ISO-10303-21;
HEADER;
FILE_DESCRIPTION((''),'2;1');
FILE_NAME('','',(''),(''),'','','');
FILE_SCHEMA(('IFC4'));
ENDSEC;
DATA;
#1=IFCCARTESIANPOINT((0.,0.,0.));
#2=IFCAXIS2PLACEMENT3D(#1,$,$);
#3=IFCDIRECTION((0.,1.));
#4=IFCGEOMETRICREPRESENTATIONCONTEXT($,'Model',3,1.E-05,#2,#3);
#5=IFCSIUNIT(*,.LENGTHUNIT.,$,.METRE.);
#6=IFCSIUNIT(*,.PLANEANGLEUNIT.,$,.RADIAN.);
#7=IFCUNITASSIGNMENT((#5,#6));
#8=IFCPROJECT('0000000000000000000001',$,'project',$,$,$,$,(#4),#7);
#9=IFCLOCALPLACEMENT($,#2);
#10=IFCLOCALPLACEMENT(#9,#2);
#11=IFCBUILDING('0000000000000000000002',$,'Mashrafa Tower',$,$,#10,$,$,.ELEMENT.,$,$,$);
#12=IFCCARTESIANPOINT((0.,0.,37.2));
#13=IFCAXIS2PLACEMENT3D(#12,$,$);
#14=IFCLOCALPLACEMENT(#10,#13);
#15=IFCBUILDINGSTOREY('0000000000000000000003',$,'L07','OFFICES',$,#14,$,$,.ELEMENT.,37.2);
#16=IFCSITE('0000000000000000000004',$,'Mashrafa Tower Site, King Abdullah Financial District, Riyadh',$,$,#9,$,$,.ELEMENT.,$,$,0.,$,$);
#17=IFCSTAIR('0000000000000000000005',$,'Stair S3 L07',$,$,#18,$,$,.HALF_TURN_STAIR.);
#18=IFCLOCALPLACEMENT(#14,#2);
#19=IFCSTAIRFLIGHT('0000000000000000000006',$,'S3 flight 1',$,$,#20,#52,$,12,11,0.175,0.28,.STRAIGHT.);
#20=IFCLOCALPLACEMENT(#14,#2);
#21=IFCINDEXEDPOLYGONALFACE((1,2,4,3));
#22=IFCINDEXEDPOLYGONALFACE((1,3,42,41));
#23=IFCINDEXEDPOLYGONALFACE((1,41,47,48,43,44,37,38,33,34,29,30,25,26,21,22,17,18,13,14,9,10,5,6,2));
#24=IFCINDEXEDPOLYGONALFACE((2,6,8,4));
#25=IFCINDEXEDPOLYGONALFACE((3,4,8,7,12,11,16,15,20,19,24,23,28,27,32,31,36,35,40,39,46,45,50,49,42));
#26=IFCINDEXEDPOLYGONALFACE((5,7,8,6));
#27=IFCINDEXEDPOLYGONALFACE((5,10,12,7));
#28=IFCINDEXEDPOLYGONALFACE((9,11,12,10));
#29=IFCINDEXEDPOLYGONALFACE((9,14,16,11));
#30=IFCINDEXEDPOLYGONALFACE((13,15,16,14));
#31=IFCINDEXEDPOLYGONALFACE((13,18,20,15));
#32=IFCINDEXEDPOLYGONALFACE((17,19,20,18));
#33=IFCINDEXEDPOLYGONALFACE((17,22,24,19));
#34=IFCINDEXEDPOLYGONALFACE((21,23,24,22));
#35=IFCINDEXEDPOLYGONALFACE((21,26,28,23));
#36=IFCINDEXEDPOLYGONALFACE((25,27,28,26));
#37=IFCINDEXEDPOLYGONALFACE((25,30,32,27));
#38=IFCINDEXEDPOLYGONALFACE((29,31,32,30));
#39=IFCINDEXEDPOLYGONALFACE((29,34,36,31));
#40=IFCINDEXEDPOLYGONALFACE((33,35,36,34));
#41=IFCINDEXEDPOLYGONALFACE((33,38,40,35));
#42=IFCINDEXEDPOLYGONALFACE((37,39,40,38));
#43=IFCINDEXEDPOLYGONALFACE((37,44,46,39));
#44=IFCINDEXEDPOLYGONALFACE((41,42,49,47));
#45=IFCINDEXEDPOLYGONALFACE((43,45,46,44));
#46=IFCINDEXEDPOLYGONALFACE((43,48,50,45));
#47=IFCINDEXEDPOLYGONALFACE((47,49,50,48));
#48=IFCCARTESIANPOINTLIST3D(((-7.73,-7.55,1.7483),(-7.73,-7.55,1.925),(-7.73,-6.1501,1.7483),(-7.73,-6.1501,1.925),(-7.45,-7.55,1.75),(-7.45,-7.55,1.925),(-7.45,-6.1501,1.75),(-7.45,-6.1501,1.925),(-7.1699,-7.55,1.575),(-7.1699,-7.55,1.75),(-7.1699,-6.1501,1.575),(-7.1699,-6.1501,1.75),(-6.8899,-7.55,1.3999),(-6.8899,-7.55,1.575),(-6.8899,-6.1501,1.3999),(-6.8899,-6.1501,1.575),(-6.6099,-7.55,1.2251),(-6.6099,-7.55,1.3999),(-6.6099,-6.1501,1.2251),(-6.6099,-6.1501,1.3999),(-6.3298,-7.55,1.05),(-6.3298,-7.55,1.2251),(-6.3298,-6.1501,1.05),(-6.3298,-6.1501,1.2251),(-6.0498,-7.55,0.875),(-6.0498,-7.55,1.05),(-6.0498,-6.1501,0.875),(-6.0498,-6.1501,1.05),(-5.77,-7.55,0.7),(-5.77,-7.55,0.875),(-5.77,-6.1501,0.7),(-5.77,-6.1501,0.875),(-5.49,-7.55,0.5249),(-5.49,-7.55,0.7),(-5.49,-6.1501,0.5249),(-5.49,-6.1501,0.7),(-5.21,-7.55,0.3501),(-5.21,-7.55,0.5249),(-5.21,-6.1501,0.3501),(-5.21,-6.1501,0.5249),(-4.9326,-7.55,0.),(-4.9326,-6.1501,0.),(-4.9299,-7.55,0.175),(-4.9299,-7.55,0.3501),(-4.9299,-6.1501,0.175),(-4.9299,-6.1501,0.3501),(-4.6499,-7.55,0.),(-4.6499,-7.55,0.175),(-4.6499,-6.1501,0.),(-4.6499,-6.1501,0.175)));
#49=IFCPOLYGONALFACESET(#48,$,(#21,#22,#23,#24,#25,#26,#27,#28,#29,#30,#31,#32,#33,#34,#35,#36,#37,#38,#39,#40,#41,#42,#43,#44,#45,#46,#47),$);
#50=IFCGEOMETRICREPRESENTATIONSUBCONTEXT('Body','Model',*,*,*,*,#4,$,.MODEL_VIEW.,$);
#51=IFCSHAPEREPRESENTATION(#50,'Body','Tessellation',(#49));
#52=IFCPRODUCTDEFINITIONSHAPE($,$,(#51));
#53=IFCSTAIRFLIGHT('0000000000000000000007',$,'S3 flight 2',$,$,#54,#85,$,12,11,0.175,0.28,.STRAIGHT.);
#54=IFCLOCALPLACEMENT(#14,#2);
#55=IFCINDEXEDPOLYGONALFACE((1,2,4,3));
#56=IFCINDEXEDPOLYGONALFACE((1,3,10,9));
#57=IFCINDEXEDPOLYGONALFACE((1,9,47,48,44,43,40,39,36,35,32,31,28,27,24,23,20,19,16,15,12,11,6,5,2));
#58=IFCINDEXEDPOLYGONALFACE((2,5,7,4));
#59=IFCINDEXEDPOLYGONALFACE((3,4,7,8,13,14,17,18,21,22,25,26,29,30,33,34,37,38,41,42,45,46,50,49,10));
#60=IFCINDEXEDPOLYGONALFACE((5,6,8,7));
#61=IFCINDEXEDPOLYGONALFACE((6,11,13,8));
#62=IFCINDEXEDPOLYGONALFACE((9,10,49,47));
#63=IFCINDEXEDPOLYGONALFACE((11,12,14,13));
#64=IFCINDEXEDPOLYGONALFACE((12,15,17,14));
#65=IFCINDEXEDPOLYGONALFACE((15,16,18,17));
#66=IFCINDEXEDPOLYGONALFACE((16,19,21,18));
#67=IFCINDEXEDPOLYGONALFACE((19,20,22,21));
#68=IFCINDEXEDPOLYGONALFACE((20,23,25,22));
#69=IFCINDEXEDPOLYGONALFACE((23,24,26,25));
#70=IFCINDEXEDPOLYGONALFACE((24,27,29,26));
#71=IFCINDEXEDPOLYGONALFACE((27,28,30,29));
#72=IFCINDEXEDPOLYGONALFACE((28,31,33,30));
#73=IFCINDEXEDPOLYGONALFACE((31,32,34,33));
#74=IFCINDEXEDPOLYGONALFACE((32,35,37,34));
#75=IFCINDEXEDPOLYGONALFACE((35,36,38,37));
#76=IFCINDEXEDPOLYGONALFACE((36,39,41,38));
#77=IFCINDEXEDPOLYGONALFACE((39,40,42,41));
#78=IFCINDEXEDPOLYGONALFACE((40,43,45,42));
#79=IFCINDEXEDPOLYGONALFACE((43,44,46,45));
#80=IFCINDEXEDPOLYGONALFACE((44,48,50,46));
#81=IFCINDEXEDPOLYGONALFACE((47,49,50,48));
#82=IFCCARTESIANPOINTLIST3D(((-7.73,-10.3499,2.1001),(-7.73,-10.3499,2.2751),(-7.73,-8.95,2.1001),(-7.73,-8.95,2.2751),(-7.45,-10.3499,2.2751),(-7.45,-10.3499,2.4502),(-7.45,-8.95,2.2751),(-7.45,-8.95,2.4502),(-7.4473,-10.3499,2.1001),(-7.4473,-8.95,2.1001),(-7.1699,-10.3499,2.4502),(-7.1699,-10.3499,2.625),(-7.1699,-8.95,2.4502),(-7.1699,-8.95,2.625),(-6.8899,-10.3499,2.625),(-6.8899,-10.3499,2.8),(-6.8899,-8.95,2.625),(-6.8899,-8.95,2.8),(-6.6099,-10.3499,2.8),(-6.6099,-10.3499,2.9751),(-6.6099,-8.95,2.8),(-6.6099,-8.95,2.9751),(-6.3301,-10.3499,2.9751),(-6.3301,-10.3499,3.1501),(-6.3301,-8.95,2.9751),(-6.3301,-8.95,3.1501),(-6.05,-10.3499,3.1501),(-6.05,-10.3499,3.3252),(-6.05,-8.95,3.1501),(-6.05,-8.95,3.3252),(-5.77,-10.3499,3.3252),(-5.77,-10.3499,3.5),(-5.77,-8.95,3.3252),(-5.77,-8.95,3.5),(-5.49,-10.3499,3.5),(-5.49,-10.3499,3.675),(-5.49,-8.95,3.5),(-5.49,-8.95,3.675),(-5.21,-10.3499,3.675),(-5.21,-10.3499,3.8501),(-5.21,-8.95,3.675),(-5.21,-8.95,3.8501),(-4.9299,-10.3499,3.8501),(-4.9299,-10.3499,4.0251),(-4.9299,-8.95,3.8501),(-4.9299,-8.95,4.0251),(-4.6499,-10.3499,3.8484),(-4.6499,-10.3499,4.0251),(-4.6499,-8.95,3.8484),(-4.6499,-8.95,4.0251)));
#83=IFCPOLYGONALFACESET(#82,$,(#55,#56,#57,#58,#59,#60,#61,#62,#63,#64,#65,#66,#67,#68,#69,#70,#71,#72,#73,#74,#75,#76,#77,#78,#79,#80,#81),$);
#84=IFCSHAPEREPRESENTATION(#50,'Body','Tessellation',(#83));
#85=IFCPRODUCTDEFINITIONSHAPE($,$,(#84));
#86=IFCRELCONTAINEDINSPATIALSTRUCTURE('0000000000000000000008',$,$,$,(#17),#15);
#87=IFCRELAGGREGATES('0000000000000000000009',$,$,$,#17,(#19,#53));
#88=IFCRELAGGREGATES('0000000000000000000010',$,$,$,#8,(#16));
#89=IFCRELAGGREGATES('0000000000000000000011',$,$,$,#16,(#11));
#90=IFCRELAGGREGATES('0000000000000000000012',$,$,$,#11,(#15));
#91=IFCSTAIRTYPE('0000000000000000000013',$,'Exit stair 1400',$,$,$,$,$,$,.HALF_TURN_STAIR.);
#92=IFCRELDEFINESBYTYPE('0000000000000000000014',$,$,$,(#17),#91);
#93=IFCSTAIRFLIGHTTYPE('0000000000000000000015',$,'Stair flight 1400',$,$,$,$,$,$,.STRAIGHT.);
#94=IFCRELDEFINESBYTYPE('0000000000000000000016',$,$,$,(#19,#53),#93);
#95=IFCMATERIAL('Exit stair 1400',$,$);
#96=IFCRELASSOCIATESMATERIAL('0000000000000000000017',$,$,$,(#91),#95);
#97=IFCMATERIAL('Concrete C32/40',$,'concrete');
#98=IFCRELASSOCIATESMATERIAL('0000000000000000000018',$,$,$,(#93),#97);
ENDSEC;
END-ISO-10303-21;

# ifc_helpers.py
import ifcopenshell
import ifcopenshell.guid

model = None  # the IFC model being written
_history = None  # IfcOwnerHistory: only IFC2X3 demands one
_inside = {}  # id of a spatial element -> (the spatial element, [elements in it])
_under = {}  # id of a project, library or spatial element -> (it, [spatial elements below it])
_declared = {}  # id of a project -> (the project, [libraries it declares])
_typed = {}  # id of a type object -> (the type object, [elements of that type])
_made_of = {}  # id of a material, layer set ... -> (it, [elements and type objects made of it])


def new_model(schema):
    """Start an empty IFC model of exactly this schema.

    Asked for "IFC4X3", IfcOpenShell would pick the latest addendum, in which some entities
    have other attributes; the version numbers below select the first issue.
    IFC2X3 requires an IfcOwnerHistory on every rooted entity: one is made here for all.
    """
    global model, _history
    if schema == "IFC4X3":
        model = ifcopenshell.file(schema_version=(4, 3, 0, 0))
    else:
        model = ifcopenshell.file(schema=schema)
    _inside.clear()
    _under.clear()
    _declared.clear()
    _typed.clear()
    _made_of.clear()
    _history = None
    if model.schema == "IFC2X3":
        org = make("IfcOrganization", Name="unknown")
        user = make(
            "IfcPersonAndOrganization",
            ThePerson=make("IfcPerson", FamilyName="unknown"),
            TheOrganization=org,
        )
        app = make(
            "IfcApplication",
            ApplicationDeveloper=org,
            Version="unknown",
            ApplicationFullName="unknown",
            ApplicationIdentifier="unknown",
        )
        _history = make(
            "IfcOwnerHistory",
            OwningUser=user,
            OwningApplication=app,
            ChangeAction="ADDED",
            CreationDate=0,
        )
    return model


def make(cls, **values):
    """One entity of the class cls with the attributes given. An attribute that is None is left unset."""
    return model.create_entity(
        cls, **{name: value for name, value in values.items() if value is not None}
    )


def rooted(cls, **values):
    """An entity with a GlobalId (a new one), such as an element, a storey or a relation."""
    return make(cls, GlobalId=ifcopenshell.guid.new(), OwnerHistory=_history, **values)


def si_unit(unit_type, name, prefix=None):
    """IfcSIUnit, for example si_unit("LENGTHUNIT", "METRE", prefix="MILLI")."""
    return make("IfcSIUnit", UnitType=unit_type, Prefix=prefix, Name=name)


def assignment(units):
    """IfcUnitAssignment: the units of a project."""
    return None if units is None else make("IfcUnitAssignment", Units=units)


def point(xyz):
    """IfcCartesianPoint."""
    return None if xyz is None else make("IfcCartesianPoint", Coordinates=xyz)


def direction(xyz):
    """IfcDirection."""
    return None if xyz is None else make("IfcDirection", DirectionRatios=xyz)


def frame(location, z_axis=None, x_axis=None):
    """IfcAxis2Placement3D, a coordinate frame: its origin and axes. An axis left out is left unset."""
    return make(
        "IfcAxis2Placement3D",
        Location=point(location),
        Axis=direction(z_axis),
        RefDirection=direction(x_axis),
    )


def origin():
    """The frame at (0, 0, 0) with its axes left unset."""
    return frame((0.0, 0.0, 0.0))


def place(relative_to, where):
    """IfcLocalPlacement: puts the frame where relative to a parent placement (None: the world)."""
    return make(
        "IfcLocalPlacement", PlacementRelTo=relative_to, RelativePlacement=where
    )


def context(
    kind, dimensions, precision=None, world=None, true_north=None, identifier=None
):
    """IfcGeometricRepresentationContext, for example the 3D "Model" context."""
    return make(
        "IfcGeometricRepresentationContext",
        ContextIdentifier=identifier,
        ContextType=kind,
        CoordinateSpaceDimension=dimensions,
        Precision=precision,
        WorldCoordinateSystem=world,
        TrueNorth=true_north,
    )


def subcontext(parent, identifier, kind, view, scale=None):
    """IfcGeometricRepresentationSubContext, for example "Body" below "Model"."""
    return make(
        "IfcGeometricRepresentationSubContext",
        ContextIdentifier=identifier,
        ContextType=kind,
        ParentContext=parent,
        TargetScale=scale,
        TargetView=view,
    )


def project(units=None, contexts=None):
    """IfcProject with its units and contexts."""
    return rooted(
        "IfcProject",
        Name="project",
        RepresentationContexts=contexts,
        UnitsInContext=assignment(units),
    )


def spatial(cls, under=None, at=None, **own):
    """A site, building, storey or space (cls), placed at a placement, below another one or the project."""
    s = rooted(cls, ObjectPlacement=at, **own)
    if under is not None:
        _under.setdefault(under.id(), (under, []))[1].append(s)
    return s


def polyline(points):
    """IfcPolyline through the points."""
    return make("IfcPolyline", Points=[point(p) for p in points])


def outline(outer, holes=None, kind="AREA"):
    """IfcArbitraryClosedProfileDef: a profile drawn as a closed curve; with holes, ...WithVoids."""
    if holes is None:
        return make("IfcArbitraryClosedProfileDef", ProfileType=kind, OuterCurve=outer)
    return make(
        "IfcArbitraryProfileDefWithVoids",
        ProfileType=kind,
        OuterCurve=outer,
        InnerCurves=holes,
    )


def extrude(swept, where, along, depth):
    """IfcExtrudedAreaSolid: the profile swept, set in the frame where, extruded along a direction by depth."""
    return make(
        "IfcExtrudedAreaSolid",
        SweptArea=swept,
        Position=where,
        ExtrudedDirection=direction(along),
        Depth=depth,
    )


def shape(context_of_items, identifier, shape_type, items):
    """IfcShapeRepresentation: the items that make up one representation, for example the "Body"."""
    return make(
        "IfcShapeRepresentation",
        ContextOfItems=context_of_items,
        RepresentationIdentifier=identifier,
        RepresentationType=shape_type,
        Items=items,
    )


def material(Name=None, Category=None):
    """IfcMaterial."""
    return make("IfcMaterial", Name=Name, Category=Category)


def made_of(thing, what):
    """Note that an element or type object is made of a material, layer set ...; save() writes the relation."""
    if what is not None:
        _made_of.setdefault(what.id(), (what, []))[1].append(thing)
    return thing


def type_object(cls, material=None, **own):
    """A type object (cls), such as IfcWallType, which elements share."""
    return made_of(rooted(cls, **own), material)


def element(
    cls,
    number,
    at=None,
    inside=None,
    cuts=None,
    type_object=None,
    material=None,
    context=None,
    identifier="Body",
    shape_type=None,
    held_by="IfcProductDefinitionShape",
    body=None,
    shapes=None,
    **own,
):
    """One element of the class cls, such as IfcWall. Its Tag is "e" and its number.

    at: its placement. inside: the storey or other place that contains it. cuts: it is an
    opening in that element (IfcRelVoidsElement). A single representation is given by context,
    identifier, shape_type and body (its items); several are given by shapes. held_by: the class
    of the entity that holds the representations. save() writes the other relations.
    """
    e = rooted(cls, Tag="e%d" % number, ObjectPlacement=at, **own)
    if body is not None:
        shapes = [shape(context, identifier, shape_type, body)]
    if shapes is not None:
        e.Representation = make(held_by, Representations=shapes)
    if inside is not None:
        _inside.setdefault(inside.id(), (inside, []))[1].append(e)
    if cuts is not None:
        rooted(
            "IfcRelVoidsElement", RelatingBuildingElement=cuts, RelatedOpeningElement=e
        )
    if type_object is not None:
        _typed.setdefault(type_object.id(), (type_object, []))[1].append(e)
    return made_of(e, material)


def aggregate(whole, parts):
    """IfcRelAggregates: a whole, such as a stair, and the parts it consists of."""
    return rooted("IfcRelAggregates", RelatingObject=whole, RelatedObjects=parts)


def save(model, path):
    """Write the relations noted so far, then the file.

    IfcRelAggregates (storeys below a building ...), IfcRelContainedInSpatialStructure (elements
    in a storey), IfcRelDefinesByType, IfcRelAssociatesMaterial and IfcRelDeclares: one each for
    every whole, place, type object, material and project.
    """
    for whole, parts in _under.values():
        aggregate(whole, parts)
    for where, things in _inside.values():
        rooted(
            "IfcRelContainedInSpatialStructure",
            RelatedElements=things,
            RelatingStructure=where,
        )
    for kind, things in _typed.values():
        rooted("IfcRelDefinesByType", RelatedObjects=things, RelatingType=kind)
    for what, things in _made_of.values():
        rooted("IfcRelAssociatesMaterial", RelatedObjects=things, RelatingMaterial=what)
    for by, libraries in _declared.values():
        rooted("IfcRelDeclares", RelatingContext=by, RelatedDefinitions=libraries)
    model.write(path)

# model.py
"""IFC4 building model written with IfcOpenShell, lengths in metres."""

from ifc_helpers import new_model, si_unit, direction, frame, origin, place, context, subcontext, project, spatial, polyline, outline, extrude, material, type_object, element, aggregate, save


model = new_model("IFC4")

# Units and contexts
model_context = context("Model", 3, precision=1e-05, world=origin(), true_north=direction((0.0, 1.0)))
body_context = subcontext(model_context, "Body", "Model", "MODEL_VIEW")
ifc_project = project(units=[si_unit("LENGTHUNIT", "METRE"), si_unit("PLANEANGLEUNIT", "RADIAN")], contexts=[model_context])

# Site, building, storey
site_placement = place(None, origin())
site = spatial("IfcSite", under=ifc_project, at=site_placement, Name="Mashrafa Tower Site, King Abdullah Financial District, Riyadh", CompositionType="ELEMENT", RefElevation=0.0)
building_placement = place(site_placement, origin())
building = spatial("IfcBuilding", under=site, at=building_placement, Name="Mashrafa Tower", CompositionType="ELEMENT")
storey_placement = place(building_placement, frame((0.0, 0.0, 37.2)))
storey = spatial("IfcBuildingStorey", under=building, at=storey_placement, Name="L07", Description="OFFICES", CompositionType="ELEMENT", Elevation=37.2)

# Stair, stair flights
ifc_material_1 = material(Name="Exit stair 1400")
stair_type = type_object("IfcStairType", Name="Exit stair 1400", PredefinedType="HALF_TURN_STAIR", material=ifc_material_1)
stair_placement = place(storey_placement, origin())
stair = element("IfcStair", 1, at=stair_placement, inside=storey, type_object=stair_type, Name="Stair S3 L07", PredefinedType="HALF_TURN_STAIR")
ifc_material_2 = material(Name="Concrete C32/40", Category="concrete")
stair_flight_type = type_object("IfcStairFlightType", Name="Stair flight 1400", PredefinedType="STRAIGHT", material=ifc_material_2)
stair_flight_1_placement = place(storey_placement, frame((-4.6499, -6.8501, 0.0), z_axis=(0.0, 0.0, 1.0), x_axis=(-1.0, 0.0, 0.0)))
stair_flight_1 = element("IfcStairFlight", 2, at=stair_flight_1_placement, type_object=stair_flight_type, Name="S3 flight 1", NumberOfRisers=12, NumberOfTreads=11, PredefinedType="STRAIGHT", RiserHeight=0.175, TreadLength=0.28, context=body_context, shape_type="SweptSolid", body=[
    extrude(outline(polyline([(0.0, 0.0), (0.0, 0.175), (0.28, 0.175), (0.28, 0.3501), (0.5601, 0.3501), (0.5601, 0.5249), (0.8401, 0.5249), (0.8401, 0.7), (1.1201, 0.7), (1.1201, 0.875), (1.3999, 0.875), (1.3999, 1.05), (1.6799, 1.05), (1.6799, 1.2251), (1.96, 1.2251), (1.96, 1.3999), (2.24, 1.3999), (2.24, 1.575), (2.52, 1.575), (2.52, 1.75), (2.8, 1.75), (2.8, 1.925), (3.0801, 1.925), (3.0801, 2.1001), (3.0801, 1.7483), (0.2827, 0.0), (0.0, 0.0)])), frame((0.0, 0.7, 0.0), z_axis=(0.0, -1.0, 0.0), x_axis=(1.0, 0.0, 0.0)), (0.0, 0.0, 1.0), 1.3999),
])
stair_flight_2_placement = place(storey_placement, frame((-7.73, -9.6499, 2.1001), z_axis=(0.0, 0.0, 1.0), x_axis=(1.0, 0.0, 0.0)))
stair_flight_2 = element("IfcStairFlight", 3, at=stair_flight_2_placement, type_object=stair_flight_type, Name="S3 flight 2", NumberOfRisers=12, NumberOfTreads=11, PredefinedType="STRAIGHT", RiserHeight=0.175, TreadLength=0.28, context=body_context, shape_type="SweptSolid", body=[
    extrude(outline(polyline([(0.0, 0.0), (0.0, 0.175), (0.28, 0.175), (0.28, 0.3501), (0.5601, 0.3501), (0.5601, 0.5249), (0.8401, 0.5249), (0.8401, 0.7), (1.1201, 0.7), (1.1201, 0.875), (1.3999, 0.875), (1.3999, 1.05), (1.6799, 1.05), (1.6799, 1.2251), (1.96, 1.2251), (1.96, 1.3999), (2.24, 1.3999), (2.24, 1.575), (2.52, 1.575), (2.52, 1.75), (2.8, 1.75), (2.8, 1.925), (3.0801, 1.925), (3.0801, 2.1001), (3.0801, 1.7483), (0.2827, 0.0), (0.0, 0.0)])), frame((0.0, 0.7, 0.0), z_axis=(0.0, -1.0, 0.0), x_axis=(1.0, 0.0, 0.0)), (0.0, 0.0, 1.0), 1.3999),
])
aggregate(stair, [stair_flight_1, stair_flight_2])

save(model, "model.ifc")
